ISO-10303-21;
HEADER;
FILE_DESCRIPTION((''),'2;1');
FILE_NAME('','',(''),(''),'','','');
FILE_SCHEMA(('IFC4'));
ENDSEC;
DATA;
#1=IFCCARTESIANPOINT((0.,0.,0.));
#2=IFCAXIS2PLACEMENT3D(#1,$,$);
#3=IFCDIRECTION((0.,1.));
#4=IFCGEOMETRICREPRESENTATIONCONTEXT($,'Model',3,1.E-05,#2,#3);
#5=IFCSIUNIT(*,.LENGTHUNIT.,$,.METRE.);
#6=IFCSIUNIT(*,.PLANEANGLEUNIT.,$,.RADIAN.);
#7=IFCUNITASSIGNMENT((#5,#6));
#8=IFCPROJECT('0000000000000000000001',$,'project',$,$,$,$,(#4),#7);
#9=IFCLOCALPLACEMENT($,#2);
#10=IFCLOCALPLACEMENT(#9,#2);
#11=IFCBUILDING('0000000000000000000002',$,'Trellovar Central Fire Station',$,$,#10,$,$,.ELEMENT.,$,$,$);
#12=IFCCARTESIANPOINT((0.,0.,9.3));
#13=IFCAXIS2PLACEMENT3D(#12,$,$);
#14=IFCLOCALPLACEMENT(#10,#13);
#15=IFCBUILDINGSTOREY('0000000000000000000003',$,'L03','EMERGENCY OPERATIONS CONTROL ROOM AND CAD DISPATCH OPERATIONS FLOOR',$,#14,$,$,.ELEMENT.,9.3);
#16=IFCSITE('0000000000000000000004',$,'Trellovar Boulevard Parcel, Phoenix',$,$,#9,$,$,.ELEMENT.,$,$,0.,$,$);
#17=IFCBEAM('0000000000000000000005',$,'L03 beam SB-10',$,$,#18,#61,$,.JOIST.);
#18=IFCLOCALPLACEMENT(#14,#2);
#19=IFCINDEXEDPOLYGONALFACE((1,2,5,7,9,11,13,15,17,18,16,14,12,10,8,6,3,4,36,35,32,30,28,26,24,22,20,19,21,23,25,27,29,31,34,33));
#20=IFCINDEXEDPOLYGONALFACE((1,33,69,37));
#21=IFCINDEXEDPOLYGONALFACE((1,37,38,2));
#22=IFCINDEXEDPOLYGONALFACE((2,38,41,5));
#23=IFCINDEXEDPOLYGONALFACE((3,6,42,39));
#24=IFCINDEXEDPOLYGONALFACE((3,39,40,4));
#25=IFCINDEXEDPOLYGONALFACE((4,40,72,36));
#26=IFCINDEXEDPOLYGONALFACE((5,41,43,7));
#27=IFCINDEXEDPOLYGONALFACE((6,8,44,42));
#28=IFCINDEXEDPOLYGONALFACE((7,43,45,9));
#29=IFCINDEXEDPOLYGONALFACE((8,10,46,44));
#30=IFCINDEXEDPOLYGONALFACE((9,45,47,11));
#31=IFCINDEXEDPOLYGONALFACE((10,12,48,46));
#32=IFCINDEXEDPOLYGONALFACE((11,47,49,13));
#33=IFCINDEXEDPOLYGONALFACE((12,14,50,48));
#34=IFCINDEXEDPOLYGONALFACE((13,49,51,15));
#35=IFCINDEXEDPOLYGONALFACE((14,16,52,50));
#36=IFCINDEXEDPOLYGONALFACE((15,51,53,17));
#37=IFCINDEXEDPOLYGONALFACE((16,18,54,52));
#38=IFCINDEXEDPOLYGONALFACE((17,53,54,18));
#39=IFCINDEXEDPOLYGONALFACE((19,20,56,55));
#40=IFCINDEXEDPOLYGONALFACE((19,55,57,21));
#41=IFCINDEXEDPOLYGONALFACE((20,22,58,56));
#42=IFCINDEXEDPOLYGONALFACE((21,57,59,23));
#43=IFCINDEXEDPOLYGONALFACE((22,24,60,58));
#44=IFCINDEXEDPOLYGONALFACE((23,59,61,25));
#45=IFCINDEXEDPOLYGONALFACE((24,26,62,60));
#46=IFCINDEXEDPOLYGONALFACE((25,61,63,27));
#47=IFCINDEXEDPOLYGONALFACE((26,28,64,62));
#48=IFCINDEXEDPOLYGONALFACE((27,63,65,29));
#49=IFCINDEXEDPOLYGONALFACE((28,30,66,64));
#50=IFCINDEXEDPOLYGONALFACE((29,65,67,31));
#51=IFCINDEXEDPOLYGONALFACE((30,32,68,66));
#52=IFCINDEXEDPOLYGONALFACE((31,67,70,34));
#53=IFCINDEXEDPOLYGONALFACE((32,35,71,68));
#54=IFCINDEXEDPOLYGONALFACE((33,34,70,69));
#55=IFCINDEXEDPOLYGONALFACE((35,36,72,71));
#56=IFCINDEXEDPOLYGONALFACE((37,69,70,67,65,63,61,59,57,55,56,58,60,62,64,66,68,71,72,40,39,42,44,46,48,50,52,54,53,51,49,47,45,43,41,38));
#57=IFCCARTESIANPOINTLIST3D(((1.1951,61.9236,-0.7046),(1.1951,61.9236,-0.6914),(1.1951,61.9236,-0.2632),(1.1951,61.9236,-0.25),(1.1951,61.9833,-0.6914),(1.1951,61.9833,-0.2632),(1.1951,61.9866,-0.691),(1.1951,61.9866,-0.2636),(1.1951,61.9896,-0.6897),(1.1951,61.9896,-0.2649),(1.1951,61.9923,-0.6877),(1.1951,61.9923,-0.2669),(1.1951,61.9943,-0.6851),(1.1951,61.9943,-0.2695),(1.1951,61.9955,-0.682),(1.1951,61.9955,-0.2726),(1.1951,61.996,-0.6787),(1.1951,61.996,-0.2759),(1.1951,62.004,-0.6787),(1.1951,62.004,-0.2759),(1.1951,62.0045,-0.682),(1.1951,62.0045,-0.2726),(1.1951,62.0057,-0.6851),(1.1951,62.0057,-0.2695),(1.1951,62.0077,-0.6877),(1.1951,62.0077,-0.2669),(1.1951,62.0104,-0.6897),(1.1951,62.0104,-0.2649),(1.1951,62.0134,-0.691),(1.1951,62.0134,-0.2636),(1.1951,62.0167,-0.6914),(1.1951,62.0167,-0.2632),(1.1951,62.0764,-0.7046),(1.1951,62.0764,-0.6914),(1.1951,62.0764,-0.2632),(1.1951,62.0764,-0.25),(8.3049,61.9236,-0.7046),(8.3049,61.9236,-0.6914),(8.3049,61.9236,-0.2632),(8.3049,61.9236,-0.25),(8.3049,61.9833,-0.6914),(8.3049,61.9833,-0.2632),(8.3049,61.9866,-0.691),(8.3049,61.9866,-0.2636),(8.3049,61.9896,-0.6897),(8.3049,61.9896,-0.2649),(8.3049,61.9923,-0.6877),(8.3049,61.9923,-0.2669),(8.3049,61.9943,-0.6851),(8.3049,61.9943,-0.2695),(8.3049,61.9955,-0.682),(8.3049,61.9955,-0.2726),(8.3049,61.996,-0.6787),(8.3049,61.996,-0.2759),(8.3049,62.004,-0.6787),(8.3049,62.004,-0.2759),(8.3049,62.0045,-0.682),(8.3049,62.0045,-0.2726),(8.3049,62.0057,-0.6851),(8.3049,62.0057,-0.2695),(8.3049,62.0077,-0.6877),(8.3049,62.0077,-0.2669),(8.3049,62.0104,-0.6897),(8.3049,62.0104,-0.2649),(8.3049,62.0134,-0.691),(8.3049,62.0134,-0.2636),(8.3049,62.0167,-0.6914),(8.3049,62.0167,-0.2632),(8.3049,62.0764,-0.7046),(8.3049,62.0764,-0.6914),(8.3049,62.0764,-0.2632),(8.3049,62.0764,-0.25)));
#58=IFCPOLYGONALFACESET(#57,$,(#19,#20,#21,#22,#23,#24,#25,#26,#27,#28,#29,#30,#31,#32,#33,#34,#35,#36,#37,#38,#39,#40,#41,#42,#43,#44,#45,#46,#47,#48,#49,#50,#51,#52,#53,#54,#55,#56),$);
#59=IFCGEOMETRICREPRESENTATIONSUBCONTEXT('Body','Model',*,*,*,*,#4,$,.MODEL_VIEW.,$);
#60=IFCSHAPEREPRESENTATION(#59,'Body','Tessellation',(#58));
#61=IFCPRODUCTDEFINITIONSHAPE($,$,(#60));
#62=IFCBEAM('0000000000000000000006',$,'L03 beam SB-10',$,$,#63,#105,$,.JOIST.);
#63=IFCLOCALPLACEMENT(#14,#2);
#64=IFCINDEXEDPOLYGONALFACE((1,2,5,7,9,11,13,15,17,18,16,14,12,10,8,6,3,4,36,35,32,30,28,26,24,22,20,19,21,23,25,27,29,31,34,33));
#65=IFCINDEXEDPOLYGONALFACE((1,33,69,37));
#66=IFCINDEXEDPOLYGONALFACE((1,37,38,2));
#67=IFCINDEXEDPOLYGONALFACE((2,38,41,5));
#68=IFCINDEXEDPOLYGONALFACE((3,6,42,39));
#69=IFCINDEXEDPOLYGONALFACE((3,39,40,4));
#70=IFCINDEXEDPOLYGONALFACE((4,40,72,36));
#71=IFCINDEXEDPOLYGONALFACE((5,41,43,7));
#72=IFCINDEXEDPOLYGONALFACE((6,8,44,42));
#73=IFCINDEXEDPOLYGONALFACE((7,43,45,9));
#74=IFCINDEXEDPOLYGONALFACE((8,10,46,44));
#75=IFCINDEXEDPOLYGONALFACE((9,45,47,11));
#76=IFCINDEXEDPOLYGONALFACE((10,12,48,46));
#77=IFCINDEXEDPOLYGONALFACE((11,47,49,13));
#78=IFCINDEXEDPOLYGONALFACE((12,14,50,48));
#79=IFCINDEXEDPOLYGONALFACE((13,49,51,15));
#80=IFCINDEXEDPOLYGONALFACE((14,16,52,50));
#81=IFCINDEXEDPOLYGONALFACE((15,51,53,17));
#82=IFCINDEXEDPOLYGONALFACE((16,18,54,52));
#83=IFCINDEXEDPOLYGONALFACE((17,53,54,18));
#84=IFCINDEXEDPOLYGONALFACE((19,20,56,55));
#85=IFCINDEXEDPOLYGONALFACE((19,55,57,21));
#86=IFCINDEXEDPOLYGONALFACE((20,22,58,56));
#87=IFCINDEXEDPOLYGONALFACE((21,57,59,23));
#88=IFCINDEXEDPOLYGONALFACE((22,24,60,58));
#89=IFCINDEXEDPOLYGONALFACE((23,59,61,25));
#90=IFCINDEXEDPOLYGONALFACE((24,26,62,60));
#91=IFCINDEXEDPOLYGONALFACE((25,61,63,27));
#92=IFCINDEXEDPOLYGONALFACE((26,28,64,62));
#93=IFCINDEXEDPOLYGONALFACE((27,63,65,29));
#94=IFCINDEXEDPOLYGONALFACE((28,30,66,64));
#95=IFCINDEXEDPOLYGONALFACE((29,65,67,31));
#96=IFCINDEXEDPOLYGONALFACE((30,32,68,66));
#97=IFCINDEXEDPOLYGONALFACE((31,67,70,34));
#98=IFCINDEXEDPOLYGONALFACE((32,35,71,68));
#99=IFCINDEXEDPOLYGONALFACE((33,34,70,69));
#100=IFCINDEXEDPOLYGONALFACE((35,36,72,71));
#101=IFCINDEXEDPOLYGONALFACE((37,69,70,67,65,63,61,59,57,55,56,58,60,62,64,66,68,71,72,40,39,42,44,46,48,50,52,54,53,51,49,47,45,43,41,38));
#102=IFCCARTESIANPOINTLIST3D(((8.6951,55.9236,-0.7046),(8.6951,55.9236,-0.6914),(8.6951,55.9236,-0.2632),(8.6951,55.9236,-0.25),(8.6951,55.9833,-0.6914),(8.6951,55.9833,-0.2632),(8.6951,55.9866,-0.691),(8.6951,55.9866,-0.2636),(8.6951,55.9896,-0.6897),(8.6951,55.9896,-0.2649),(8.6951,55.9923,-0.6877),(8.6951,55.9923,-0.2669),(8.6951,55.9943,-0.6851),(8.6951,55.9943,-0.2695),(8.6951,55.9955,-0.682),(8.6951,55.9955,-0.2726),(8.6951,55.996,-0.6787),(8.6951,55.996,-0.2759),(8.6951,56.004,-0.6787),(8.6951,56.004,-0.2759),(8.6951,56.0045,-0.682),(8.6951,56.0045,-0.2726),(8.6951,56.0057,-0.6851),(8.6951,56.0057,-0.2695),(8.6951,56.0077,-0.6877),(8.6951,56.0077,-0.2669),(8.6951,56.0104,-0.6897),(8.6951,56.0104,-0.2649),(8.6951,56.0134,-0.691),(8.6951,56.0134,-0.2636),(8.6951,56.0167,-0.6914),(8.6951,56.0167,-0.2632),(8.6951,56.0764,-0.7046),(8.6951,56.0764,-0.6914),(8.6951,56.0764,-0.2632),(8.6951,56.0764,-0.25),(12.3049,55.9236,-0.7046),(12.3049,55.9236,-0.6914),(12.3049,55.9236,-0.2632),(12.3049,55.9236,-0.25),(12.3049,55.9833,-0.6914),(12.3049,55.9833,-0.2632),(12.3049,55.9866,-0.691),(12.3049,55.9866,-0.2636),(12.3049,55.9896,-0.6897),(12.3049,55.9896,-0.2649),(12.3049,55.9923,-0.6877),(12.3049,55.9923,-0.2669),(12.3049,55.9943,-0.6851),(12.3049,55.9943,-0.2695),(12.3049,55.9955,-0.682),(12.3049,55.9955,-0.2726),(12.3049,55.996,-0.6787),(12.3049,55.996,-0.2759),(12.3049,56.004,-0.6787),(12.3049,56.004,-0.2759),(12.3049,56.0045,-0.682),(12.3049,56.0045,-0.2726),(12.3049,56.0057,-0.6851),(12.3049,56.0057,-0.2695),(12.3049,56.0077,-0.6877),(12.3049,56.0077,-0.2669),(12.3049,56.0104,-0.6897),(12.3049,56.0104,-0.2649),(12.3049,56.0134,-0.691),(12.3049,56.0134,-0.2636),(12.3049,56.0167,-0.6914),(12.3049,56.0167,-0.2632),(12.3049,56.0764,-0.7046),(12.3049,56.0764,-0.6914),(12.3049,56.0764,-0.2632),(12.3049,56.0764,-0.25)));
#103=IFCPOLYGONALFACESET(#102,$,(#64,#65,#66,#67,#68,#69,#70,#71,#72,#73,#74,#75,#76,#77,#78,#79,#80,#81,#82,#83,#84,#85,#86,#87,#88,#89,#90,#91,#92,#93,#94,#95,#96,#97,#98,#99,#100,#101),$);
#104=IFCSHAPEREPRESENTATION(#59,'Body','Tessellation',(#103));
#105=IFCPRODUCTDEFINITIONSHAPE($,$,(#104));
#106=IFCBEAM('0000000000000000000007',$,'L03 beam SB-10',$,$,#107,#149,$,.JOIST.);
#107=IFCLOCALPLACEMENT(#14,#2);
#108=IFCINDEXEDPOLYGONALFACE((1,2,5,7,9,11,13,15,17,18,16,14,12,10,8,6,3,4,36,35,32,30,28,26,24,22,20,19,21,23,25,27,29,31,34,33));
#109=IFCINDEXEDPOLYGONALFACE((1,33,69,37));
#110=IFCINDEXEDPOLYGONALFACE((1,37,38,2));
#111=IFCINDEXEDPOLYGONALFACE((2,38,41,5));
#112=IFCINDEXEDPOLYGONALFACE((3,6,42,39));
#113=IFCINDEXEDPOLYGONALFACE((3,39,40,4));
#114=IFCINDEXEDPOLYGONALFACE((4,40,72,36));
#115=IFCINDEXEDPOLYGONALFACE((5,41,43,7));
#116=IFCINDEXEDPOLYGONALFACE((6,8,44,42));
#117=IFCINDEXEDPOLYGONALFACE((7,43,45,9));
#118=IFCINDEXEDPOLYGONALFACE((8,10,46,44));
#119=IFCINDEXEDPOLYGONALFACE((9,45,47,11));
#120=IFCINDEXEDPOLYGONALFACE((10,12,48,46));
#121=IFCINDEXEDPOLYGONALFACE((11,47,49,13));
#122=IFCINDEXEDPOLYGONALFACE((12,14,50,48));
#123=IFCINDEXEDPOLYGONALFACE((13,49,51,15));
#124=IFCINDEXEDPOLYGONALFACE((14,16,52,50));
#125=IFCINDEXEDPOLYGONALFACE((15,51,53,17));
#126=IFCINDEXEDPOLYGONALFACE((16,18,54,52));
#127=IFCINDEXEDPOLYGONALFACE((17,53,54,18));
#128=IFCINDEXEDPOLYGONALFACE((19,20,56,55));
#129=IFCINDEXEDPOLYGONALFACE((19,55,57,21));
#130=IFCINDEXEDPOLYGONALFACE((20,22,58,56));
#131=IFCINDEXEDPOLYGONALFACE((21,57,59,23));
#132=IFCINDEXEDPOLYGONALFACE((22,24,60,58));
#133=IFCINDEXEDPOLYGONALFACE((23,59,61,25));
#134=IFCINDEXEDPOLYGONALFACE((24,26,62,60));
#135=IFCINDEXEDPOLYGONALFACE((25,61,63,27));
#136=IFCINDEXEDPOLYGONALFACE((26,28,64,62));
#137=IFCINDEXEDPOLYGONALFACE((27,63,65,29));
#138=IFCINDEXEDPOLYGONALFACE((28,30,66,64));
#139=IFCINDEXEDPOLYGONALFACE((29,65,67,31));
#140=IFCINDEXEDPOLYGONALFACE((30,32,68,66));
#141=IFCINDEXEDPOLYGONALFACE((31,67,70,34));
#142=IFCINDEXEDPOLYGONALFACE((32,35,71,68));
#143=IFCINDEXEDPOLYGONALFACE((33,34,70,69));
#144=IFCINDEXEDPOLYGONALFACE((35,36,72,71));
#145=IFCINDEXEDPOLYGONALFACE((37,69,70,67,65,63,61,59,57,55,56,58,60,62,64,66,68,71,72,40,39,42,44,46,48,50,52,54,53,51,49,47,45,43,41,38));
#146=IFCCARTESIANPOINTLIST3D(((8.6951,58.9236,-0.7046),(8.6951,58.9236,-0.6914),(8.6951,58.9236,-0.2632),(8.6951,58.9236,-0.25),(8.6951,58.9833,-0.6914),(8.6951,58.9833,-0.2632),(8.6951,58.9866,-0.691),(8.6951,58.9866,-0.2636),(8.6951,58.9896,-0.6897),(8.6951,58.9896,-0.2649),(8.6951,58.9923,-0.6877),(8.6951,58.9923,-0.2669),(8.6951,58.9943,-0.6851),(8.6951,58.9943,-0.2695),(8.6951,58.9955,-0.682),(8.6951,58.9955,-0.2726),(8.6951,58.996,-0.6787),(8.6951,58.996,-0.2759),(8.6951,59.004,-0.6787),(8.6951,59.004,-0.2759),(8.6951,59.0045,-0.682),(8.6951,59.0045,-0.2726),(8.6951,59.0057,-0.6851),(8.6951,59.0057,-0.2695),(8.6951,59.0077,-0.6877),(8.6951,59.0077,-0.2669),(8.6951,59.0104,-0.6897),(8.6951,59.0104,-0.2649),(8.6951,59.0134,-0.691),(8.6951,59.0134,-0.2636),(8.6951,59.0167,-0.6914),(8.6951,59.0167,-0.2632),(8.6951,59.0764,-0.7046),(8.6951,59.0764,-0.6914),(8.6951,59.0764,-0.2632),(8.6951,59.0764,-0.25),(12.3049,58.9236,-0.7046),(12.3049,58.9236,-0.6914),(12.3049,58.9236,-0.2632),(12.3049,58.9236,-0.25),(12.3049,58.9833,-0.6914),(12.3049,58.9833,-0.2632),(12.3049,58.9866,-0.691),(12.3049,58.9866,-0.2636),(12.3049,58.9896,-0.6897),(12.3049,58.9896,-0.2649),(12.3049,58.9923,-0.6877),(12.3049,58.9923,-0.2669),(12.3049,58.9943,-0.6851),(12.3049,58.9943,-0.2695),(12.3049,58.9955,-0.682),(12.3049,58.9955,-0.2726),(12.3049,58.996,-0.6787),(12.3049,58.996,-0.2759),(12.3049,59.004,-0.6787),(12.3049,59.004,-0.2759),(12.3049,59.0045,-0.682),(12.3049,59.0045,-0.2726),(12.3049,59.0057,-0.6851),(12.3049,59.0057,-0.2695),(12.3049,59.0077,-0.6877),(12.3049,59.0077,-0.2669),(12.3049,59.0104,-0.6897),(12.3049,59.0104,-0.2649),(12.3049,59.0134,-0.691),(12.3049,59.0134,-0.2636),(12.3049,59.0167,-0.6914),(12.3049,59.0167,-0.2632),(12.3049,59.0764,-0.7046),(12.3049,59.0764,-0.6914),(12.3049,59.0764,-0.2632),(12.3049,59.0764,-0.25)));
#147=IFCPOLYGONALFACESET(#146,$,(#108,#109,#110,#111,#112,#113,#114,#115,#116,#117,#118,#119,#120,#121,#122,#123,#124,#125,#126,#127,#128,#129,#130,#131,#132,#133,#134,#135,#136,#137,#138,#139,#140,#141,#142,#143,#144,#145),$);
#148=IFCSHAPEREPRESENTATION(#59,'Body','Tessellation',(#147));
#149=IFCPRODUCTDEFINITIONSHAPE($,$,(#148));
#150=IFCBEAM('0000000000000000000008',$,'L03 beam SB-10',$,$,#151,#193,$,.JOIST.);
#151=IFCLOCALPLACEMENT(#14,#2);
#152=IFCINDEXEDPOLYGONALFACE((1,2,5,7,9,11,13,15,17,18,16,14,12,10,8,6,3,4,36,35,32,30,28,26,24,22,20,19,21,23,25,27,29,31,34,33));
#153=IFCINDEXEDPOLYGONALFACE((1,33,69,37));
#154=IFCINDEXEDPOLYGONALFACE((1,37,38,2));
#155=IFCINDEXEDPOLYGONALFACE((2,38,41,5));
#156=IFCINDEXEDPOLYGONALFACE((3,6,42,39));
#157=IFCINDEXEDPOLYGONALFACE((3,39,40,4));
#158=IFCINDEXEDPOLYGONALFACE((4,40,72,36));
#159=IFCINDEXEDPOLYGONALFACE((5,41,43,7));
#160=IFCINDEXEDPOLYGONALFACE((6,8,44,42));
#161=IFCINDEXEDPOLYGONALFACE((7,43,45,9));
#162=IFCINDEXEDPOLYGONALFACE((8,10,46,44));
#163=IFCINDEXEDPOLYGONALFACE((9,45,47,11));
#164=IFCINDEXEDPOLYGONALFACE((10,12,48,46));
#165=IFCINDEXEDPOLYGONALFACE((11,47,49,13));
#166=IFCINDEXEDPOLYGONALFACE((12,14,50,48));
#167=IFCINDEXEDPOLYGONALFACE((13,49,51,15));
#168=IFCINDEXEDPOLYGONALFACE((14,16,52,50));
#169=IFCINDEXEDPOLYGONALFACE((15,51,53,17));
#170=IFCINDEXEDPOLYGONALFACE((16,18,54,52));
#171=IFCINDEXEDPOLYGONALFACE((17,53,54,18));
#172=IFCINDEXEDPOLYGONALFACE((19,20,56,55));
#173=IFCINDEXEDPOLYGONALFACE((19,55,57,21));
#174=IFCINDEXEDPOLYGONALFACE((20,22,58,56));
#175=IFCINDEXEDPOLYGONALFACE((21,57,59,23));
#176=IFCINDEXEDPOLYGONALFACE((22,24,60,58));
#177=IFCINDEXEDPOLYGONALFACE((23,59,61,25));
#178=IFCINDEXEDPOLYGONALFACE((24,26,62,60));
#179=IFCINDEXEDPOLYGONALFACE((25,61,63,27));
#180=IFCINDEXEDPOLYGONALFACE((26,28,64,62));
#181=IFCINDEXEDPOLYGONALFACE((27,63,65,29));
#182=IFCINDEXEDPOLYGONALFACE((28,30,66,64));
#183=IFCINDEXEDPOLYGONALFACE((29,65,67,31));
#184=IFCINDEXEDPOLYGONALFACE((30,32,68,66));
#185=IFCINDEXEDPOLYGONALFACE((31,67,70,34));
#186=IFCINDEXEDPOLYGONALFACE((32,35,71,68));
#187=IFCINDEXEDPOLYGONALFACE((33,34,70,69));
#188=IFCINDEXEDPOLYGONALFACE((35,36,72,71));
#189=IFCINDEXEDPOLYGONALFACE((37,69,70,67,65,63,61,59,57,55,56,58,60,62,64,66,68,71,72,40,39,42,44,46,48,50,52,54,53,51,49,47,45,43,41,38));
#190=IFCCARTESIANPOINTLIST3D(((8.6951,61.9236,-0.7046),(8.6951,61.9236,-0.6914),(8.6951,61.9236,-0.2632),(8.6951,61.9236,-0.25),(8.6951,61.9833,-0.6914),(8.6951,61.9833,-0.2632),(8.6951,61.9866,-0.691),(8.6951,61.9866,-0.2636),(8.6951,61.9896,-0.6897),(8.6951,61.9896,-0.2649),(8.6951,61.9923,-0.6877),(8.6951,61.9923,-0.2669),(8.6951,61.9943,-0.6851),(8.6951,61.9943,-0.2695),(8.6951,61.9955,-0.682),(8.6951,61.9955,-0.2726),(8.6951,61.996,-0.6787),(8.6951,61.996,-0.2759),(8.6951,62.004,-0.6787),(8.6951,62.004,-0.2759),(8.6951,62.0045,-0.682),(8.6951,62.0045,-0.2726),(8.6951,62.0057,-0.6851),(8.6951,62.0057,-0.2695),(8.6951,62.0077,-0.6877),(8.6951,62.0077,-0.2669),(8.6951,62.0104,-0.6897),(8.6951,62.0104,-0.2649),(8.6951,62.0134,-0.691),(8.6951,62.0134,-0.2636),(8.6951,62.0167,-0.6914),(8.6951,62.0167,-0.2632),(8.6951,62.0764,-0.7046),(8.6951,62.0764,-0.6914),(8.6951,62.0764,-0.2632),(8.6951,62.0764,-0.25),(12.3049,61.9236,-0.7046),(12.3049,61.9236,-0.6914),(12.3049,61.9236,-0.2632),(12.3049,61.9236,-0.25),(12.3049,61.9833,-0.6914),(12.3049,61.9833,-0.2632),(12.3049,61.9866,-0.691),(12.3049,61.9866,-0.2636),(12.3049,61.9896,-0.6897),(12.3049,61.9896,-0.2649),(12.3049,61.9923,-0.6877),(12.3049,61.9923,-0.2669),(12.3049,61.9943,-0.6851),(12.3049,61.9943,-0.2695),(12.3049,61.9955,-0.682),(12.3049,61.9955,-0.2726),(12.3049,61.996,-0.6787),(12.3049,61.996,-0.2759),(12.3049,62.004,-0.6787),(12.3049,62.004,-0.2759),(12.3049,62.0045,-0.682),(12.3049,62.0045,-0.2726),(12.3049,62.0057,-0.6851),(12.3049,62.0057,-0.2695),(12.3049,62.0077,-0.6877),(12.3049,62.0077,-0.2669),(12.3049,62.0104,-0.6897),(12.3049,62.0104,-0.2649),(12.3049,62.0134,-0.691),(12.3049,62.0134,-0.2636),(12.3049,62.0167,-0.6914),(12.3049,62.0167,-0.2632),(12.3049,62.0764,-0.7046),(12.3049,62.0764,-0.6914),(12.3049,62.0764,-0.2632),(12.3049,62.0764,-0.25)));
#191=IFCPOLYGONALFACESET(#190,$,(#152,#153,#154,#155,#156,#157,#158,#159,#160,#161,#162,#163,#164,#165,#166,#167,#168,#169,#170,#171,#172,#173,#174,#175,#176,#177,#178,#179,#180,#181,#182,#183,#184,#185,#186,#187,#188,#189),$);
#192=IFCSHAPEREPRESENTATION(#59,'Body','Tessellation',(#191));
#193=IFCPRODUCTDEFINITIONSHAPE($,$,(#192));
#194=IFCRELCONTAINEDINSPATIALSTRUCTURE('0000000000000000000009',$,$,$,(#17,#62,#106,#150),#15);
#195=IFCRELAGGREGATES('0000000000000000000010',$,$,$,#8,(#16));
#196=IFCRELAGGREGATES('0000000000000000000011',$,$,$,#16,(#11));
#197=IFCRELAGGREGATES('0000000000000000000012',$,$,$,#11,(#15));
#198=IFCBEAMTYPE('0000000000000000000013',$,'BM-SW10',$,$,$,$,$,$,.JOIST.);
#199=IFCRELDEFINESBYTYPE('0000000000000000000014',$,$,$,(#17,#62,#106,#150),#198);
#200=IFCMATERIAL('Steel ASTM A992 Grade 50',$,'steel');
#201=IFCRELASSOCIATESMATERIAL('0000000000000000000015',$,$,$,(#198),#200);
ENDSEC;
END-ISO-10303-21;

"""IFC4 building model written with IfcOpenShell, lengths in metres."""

from ifc_helpers import new_model, si_unit, direction, frame, origin, origin_2d, place, context, subcontext, project, spatial, i_section, extrude, material, material_profile, profile_set, type_object, element, save


model = new_model("IFC4")

# Units and contexts
model_context = context("Model", 3, precision=1e-05, world=origin(), true_north=direction((0.0, 1.0)))
body_context = subcontext(model_context, "Body", "Model", "MODEL_VIEW")
ifc_project = project(units=[si_unit("LENGTHUNIT", "METRE"), si_unit("PLANEANGLEUNIT", "RADIAN")], contexts=[model_context])

# Site, building, storey
site_placement = place(None, origin())
site = spatial("IfcSite", under=ifc_project, at=site_placement, Name="Trellovar Boulevard Parcel, Phoenix", CompositionType="ELEMENT", RefElevation=0.0)
building_placement = place(site_placement, origin())
building = spatial("IfcBuilding", under=site, at=building_placement, Name="Trellovar Central Fire Station", CompositionType="ELEMENT")
storey_placement = place(building_placement, frame((0.0, 0.0, 9.3)))
storey = spatial("IfcBuildingStorey", under=building, at=storey_placement, Name="L03", Description="EMERGENCY OPERATIONS CONTROL ROOM AND CAD DISPATCH OPERATIONS FLOOR", CompositionType="ELEMENT", Elevation=9.3)

# Beams
ifc_material_1 = material(Name="Steel ASTM A992 Grade 50", Category="steel")
ifc_material_profile_1 = material_profile(ifc_material_1, i_section(OverallWidth=0.1528, OverallDepth=0.4546, WebThickness=0.0081, FlangeThickness=0.0132, FilletRadius=0.0127, at=origin_2d()), Name="W18X40")
ifc_profile_set_1 = profile_set([ifc_material_profile_1], Name="Steel ASTM A992 Grade 50")
beam_type_1 = type_object("IfcBeamType", Name="BM-SW10", PredefinedType="JOIST", material=ifc_profile_set_1)
for number, where, z_axis, x_axis, name in (
    (1, (1.1951, 62.0, -0.4773), (1.0, 0.0, 0.0), (0.0, 1.0, 0.0), "L03 beam SB-10"),
):
    element("IfcBeam", number, at=place(storey_placement, frame(where, z_axis=z_axis, x_axis=x_axis)), inside=storey, type_object=beam_type_1, Name=name, PredefinedType="JOIST", context=body_context, shape_type="SweptSolid", body=[
        extrude(i_section(OverallWidth=0.1528, OverallDepth=0.4546, WebThickness=0.0081, FlangeThickness=0.0132, FilletRadius=0.0127, at=origin_2d()), origin(), (0.0, 0.0, 1.0), 7.1099),
    ])
for number, where, z_axis, x_axis, name in (
    (2, (8.6951, 56.0, -0.4773), (1.0, 0.0, 0.0), (0.0, 1.0, 0.0), "L03 beam SB-10"),
    (3, (8.6951, 59.0, -0.4773), (1.0, 0.0, 0.0), (0.0, 1.0, 0.0), "L03 beam SB-10"),
    (4, (8.6951, 62.0, -0.4773), (1.0, 0.0, 0.0), (0.0, 1.0, 0.0), "L03 beam SB-10"),
):
    element("IfcBeam", number, at=place(storey_placement, frame(where, z_axis=z_axis, x_axis=x_axis)), inside=storey, type_object=beam_type_1, Name=name, PredefinedType="JOIST", context=body_context, shape_type="SweptSolid", body=[
        extrude(i_section(OverallWidth=0.1528, OverallDepth=0.4546, WebThickness=0.0081, FlangeThickness=0.0132, FilletRadius=0.0127, at=origin_2d()), origin(), (0.0, 0.0, 1.0), 3.6099),
    ])

save(model, "model.ifc")
